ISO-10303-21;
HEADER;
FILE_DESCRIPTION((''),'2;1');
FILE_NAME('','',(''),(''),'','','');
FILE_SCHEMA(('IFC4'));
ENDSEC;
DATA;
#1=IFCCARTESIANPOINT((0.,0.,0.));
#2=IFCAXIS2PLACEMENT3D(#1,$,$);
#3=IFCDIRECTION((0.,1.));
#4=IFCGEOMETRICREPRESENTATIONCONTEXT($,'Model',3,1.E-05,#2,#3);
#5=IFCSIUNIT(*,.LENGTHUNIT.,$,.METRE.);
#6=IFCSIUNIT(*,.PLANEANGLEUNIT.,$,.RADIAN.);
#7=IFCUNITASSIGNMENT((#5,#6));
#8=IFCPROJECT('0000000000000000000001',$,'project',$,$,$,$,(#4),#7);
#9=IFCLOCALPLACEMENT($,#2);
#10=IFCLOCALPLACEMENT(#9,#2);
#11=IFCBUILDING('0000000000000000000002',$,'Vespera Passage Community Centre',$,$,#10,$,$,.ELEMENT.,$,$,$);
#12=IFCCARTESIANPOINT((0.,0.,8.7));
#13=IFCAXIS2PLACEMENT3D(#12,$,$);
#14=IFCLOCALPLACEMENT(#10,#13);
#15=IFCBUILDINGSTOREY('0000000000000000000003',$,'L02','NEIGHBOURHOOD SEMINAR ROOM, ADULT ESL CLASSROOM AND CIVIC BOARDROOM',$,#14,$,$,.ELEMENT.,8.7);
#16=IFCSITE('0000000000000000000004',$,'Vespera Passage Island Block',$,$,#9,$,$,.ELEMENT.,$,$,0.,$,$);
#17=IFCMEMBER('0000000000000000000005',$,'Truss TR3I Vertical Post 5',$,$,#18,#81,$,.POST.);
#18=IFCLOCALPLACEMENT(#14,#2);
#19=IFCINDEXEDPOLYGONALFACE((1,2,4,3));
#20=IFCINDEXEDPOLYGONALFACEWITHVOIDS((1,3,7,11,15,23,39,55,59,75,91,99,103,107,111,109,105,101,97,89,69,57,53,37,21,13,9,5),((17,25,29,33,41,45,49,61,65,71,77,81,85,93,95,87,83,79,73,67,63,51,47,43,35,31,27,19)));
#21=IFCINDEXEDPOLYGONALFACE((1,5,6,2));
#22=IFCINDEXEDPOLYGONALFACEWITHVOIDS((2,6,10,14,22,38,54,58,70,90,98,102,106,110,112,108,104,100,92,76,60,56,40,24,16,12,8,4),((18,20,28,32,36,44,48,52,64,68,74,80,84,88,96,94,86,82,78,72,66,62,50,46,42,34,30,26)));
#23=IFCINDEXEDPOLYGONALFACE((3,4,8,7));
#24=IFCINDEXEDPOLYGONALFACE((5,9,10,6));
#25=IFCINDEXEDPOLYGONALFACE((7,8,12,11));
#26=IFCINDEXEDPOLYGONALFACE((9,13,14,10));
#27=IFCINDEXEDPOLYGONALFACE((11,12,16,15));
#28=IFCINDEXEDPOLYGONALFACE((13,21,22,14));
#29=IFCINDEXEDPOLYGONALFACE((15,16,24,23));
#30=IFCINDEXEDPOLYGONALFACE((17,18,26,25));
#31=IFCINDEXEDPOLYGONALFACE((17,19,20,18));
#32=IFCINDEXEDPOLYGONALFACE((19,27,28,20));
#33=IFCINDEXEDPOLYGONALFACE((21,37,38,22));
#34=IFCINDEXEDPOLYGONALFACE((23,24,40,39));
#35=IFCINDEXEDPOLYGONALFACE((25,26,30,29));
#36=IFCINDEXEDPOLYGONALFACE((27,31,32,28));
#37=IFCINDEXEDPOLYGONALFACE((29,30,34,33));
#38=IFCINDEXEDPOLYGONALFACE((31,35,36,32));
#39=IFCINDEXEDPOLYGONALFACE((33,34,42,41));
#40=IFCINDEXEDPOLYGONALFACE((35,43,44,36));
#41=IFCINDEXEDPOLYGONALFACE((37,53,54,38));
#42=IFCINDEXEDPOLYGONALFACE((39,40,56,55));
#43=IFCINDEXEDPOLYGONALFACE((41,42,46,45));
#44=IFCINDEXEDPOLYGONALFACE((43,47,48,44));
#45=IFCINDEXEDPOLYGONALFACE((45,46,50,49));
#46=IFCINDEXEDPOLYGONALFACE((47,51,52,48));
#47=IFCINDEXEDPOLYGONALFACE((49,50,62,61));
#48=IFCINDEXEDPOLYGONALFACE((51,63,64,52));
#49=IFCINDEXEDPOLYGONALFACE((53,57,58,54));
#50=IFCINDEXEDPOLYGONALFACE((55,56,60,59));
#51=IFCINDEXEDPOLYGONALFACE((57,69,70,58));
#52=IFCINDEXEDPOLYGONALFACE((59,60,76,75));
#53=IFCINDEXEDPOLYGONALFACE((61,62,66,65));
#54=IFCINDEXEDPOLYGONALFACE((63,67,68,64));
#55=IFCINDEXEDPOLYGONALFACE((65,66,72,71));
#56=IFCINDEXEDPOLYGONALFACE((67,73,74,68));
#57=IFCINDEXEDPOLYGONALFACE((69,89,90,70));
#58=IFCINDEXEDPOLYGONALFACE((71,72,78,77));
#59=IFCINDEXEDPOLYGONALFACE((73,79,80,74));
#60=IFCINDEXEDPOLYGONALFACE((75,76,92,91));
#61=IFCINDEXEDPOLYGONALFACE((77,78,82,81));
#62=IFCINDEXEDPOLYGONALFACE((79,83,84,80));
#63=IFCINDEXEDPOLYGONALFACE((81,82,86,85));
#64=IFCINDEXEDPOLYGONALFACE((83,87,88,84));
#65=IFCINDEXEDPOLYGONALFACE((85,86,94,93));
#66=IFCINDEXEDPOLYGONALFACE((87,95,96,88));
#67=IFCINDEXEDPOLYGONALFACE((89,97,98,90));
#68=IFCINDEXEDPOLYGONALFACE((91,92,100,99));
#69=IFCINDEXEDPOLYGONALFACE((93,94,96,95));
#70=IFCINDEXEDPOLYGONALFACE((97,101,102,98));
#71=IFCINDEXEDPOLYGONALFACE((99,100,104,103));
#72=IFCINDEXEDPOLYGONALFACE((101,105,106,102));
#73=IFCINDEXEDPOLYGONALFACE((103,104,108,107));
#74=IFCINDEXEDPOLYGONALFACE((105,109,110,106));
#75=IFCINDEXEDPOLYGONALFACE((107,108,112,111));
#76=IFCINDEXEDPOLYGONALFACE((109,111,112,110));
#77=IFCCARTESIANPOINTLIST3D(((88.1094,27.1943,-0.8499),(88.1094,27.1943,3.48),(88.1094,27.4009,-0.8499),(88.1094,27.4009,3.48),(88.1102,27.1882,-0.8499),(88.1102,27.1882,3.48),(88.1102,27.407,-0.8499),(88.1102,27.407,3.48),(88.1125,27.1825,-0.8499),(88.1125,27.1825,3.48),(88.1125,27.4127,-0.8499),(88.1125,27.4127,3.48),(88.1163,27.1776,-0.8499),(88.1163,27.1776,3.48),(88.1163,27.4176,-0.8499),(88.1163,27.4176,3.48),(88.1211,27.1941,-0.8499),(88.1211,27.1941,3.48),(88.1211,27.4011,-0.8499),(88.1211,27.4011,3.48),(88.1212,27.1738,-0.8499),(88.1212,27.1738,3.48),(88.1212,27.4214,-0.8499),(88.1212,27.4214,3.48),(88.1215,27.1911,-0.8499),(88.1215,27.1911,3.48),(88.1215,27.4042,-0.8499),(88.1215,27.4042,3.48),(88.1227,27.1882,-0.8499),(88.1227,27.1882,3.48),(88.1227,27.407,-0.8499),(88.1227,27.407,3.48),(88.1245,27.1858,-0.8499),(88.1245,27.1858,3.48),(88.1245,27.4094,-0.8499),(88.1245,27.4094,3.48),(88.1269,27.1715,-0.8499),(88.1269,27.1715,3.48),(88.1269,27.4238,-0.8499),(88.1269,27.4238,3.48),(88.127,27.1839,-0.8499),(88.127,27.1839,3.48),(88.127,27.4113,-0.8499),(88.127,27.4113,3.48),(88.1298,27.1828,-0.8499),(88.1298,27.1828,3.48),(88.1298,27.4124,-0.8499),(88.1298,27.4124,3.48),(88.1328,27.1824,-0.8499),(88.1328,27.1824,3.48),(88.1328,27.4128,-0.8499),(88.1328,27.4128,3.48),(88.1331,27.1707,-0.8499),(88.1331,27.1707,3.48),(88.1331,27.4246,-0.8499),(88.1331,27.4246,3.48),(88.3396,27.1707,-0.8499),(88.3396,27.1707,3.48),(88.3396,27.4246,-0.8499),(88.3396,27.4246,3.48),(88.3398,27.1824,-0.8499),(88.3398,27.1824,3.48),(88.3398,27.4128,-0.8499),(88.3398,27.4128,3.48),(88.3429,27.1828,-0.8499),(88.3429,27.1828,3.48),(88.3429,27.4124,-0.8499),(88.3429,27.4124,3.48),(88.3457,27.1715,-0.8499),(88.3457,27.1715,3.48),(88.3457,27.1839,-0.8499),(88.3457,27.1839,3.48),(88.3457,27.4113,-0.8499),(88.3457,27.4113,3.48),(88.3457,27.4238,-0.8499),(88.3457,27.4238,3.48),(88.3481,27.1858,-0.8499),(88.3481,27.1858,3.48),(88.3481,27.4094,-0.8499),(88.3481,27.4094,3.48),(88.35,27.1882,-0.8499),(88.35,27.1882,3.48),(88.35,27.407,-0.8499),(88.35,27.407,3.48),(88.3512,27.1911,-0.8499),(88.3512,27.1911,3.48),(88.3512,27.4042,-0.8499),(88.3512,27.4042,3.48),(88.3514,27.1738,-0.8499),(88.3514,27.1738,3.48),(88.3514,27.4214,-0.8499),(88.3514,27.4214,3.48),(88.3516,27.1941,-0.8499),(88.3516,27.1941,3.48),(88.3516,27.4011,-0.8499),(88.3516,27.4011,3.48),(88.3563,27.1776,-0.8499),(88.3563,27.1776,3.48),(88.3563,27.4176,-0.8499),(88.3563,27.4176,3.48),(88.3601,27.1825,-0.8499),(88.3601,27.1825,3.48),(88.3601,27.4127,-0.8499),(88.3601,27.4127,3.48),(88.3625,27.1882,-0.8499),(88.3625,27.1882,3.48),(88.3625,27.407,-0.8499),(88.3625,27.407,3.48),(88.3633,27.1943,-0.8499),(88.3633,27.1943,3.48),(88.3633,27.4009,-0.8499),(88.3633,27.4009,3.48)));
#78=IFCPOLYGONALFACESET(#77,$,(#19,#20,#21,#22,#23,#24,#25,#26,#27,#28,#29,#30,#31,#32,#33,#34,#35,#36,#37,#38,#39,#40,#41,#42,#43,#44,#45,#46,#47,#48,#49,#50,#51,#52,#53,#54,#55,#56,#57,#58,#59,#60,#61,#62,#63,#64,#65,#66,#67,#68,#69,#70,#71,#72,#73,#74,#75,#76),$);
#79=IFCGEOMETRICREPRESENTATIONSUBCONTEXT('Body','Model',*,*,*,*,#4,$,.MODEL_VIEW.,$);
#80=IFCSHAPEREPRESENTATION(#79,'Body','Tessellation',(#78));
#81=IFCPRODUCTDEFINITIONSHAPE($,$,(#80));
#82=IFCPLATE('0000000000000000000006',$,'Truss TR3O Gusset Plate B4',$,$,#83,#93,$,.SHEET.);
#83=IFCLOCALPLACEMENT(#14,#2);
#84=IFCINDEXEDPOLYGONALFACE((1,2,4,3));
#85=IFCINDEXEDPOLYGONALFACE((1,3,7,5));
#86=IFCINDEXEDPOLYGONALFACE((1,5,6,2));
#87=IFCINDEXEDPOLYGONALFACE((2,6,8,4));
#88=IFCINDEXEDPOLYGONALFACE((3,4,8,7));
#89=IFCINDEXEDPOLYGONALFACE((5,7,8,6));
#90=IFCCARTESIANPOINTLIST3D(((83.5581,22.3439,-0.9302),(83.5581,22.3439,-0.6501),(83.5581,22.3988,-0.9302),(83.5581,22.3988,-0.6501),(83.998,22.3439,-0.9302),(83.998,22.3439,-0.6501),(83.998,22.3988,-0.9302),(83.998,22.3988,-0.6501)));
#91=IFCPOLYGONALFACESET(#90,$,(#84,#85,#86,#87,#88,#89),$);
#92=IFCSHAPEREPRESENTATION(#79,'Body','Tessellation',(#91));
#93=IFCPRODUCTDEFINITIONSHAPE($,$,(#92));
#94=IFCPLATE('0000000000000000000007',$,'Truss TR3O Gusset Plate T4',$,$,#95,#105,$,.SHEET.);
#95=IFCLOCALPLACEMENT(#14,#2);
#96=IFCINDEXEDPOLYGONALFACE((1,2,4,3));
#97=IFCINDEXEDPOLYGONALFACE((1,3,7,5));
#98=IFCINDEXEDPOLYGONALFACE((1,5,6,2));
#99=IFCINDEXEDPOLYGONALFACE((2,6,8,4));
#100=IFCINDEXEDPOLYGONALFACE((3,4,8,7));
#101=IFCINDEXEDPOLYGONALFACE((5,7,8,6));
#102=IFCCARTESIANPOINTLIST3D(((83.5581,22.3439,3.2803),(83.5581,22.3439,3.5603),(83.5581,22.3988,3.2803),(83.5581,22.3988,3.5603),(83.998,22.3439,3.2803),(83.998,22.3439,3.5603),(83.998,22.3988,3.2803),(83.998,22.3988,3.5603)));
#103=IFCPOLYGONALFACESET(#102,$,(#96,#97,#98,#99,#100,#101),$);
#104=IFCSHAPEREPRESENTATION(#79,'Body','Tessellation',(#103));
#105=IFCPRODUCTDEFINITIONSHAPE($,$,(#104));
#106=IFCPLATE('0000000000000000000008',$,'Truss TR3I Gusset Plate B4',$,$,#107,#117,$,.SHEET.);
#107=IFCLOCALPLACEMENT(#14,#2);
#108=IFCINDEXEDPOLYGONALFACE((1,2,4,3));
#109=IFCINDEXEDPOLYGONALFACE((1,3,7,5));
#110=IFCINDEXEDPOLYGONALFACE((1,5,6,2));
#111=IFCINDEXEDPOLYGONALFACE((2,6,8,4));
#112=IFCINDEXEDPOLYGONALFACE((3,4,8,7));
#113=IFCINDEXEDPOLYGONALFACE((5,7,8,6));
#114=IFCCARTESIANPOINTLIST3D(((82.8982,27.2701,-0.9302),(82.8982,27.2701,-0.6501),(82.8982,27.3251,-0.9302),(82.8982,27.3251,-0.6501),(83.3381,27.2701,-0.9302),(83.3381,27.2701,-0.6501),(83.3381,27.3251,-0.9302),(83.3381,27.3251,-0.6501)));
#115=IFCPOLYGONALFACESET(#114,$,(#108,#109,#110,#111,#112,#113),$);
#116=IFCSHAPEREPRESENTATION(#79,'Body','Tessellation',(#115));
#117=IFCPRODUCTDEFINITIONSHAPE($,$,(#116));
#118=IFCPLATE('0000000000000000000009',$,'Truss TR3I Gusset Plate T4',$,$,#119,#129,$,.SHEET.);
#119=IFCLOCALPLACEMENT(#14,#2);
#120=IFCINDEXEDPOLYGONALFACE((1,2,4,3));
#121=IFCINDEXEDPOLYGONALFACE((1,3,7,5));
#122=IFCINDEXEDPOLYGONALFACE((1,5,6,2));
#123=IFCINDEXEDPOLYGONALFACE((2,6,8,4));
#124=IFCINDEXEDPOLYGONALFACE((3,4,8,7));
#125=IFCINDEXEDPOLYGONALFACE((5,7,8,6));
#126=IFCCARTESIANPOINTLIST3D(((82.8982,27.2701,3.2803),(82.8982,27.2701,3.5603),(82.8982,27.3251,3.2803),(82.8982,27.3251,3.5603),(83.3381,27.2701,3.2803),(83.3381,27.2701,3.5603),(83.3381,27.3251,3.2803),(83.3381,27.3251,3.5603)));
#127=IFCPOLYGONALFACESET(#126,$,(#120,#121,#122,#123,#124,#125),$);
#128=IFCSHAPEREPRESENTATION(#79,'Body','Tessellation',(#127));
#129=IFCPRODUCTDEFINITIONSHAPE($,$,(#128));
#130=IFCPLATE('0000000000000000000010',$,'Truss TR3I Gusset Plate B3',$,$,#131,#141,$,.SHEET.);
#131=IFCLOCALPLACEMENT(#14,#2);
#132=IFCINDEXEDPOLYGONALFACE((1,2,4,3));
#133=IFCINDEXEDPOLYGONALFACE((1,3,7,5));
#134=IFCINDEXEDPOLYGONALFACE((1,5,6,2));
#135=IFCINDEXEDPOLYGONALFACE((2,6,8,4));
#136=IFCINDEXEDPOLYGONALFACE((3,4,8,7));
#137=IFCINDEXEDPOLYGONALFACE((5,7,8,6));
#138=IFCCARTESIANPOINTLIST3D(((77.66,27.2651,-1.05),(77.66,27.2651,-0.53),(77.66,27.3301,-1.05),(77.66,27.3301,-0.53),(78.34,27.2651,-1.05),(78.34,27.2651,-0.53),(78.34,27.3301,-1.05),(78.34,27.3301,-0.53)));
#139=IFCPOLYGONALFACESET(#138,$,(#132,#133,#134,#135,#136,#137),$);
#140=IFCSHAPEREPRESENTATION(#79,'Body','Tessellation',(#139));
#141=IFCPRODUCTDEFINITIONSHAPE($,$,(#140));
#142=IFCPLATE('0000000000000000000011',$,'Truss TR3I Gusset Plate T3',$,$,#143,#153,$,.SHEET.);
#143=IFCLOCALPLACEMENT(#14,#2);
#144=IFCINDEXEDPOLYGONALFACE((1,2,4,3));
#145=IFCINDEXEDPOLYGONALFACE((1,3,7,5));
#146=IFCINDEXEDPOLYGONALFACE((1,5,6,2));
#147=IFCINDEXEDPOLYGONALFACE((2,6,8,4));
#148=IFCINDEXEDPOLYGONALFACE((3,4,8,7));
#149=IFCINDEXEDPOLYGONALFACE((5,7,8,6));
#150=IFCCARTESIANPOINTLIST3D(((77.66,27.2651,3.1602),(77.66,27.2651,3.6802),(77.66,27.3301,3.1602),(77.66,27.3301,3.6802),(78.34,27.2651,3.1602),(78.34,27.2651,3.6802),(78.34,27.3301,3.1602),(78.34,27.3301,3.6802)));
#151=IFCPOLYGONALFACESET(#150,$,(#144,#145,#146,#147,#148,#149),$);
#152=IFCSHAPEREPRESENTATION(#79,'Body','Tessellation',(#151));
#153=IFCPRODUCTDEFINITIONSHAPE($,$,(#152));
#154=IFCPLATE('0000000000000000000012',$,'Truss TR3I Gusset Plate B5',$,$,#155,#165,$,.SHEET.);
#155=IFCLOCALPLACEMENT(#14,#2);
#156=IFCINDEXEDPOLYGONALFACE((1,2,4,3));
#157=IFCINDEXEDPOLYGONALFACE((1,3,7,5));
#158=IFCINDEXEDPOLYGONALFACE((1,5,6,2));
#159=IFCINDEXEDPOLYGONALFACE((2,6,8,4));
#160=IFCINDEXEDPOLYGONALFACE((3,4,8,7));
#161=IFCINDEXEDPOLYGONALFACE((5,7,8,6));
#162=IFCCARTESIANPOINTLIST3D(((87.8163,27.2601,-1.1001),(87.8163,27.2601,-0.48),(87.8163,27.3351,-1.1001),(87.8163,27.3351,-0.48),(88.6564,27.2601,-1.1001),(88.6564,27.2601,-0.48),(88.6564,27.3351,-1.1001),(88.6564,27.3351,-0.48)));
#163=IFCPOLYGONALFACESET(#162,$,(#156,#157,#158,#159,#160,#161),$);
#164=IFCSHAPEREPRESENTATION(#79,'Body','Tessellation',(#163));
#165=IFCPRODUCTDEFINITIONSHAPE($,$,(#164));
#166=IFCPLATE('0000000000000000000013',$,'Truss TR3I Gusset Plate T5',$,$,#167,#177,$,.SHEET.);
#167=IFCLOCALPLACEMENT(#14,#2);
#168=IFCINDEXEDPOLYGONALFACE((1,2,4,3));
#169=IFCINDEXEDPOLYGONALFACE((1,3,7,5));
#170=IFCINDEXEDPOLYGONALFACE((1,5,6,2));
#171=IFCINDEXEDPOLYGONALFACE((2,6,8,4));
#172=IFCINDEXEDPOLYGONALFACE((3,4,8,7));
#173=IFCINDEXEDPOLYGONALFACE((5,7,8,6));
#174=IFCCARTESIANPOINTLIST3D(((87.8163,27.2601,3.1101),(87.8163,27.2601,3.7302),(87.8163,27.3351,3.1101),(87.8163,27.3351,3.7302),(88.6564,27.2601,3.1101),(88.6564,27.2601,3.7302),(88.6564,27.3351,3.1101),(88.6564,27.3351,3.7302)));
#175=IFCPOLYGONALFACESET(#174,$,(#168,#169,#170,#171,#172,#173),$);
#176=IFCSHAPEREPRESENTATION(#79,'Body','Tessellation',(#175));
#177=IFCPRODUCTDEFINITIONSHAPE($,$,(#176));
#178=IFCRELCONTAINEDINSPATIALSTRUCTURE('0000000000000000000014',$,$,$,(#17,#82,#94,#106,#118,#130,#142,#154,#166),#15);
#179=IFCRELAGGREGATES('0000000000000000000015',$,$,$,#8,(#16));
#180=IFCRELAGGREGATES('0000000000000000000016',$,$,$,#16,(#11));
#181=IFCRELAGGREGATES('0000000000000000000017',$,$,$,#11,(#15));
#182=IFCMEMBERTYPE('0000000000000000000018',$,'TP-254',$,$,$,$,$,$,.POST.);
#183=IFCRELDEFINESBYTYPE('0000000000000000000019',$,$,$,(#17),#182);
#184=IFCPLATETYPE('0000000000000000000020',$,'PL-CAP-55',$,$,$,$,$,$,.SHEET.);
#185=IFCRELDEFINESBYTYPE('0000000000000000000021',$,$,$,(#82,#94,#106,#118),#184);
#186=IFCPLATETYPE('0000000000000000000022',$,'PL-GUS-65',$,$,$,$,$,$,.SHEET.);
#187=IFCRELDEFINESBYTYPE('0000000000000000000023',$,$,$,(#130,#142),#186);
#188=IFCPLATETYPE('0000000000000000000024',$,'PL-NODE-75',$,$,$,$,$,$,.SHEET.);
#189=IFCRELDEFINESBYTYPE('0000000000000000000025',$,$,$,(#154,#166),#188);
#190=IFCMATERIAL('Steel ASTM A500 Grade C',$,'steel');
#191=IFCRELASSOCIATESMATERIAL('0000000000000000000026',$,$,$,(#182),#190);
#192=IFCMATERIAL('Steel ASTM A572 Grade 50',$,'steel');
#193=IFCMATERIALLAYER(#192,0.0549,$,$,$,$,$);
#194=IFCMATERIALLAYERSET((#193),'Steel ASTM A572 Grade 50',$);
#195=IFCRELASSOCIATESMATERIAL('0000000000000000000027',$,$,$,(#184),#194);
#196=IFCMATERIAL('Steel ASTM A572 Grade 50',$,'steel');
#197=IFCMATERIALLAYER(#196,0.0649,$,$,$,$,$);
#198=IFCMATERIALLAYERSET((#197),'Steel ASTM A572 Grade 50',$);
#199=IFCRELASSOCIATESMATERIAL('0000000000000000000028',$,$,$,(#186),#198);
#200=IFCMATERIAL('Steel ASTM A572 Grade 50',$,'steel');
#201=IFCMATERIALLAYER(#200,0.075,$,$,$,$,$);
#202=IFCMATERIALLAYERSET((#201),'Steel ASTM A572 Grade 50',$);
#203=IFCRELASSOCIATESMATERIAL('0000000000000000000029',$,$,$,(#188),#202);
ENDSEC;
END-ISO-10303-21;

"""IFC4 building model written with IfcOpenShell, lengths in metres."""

from ifc_helpers import new_model, si_unit, direction, frame, origin, origin_2d, place, context, subcontext, project, spatial, rectangle, hollow_rectangle, extrude, material, layer, layer_set, material_profile, profile_set, type_object, element, save


model = new_model("IFC4")

# Units and contexts
model_context = context("Model", 3, precision=1e-05, world=origin(), true_north=direction((0.0, 1.0)))
body_context = subcontext(model_context, "Body", "Model", "MODEL_VIEW")
ifc_project = project(units=[si_unit("LENGTHUNIT", "METRE"), si_unit("PLANEANGLEUNIT", "RADIAN")], contexts=[model_context])

# Site, building, storey
site_placement = place(None, origin())
site = spatial("IfcSite", under=ifc_project, at=site_placement, Name="Vespera Passage Island Block", CompositionType="ELEMENT", RefElevation=0.0)
building_placement = place(site_placement, origin())
building = spatial("IfcBuilding", under=site, at=building_placement, Name="Vespera Passage Community Centre", CompositionType="ELEMENT")
storey_placement = place(building_placement, frame((0.0, 0.0, 8.7)))
storey = spatial("IfcBuildingStorey", under=building, at=storey_placement, Name="L02", Description="NEIGHBOURHOOD SEMINAR ROOM, ADULT ESL CLASSROOM AND CIVIC BOARDROOM", CompositionType="ELEMENT", Elevation=8.7)

# Member
ifc_material_1 = material(Name="Steel ASTM A500 Grade C", Category="steel")
ifc_material_profile_1 = material_profile(ifc_material_1, hollow_rectangle(XDim=0.2539, YDim=0.2539, WallThickness=0.0117, InnerFilletRadius=0.0117, OuterFilletRadius=0.0237, at=origin_2d()), Name="HSS254X254X12.7")
ifc_profile_set_1 = profile_set([ifc_material_profile_1], Name="Steel ASTM A500 Grade C")
member_type_1 = type_object("IfcMemberType", Name="TP-254", PredefinedType="POST", material=ifc_profile_set_1)
for number, where, z_axis, x_axis, name in (
    (1, (88.2363, 27.2976, -0.8499), (0.0, 0.0, 1.0), (1.0, 0.0, 0.0), "Truss TR3I Vertical Post 5"),
):
    element("IfcMember", number, at=place(storey_placement, frame(where, z_axis=z_axis, x_axis=x_axis)), inside=storey, type_object=member_type_1, Name=name, PredefinedType="POST", context=body_context, shape_type="SweptSolid", body=[
        extrude(hollow_rectangle(XDim=0.2539, YDim=0.2539, WallThickness=0.0117, InnerFilletRadius=0.0117, OuterFilletRadius=0.0237, at=origin_2d()), origin(), (0.0, 0.0, 1.0), 4.3298),
    ])

# Plates
ifc_material_2 = material(Name="Steel ASTM A572 Grade 50", Category="steel")
ifc_layer_1 = layer(ifc_material_2, 0.0549)
ifc_layer_set_1 = layer_set([ifc_layer_1], Name="Steel ASTM A572 Grade 50")
plate_type_1 = type_object("IfcPlateType", Name="PL-CAP-55", PredefinedType="SHEET", material=ifc_layer_set_1)
for number, where, z_axis, x_axis, name in (
    (2, (83.7781, 22.3713, -0.9302), (0.0, 0.0, 1.0), (1.0, 0.0, 0.0), "Truss TR3O Gusset Plate B4"),
    (3, (83.7781, 22.3713, 3.2803), (0.0, 0.0, 1.0), (1.0, 0.0, 0.0), "Truss TR3O Gusset Plate T4"),
    (4, (83.1182, 27.2976, -0.9302), (0.0, 0.0, 1.0), (1.0, 0.0, 0.0), "Truss TR3I Gusset Plate B4"),
    (5, (83.1182, 27.2976, 3.2803), (0.0, 0.0, 1.0), (1.0, 0.0, 0.0), "Truss TR3I Gusset Plate T4"),
):
    element("IfcPlate", number, at=place(storey_placement, frame(where, z_axis=z_axis, x_axis=x_axis)), inside=storey, type_object=plate_type_1, Name=name, PredefinedType="SHEET", context=body_context, shape_type="SweptSolid", body=[
        extrude(rectangle(XDim=0.4399, YDim=0.0549, at=origin_2d()), origin(), (0.0, 0.0, 1.0), 0.28),
    ])
ifc_material_3 = material(Name="Steel ASTM A572 Grade 50", Category="steel")
ifc_layer_2 = layer(ifc_material_3, 0.0649)
ifc_layer_set_2 = layer_set([ifc_layer_2], Name="Steel ASTM A572 Grade 50")
plate_type_2 = type_object("IfcPlateType", Name="PL-GUS-65", PredefinedType="SHEET", material=ifc_layer_set_2)
for number, where, z_axis, x_axis, name in (
    (6, (78.0, 27.2976, -1.05), (0.0, 0.0, 1.0), (1.0, 0.0, 0.0), "Truss TR3I Gusset Plate B3"),
    (7, (78.0, 27.2976, 3.1602), (0.0, 0.0, 1.0), (1.0, 0.0, 0.0), "Truss TR3I Gusset Plate T3"),
):
    element("IfcPlate", number, at=place(storey_placement, frame(where, z_axis=z_axis, x_axis=x_axis)), inside=storey, type_object=plate_type_2, Name=name, PredefinedType="SHEET", context=body_context, shape_type="SweptSolid", body=[
        extrude(rectangle(XDim=0.6799, YDim=0.0649, at=origin_2d()), origin(), (0.0, 0.0, 1.0), 0.52),
    ])
ifc_material_4 = material(Name="Steel ASTM A572 Grade 50", Category="steel")
ifc_layer_3 = layer(ifc_material_4, 0.075)
ifc_layer_set_3 = layer_set([ifc_layer_3], Name="Steel ASTM A572 Grade 50")
plate_type_3 = type_object("IfcPlateType", Name="PL-NODE-75", PredefinedType="SHEET", material=ifc_layer_set_3)
for number, where, z_axis, x_axis, name in (
    (8, (88.2363, 27.2976, -1.1001), (0.0, 0.0, 1.0), (1.0, 0.0, 0.0), "Truss TR3I Gusset Plate B5"),
    (9, (88.2363, 27.2976, 3.1101), (0.0, 0.0, 1.0), (1.0, 0.0, 0.0), "Truss TR3I Gusset Plate T5"),
):
    element("IfcPlate", number, at=place(storey_placement, frame(where, z_axis=z_axis, x_axis=x_axis)), inside=storey, type_object=plate_type_3, Name=name, PredefinedType="SHEET", context=body_context, shape_type="SweptSolid", body=[
        extrude(rectangle(XDim=0.8401, YDim=0.075, at=origin_2d()), origin(), (0.0, 0.0, 1.0), 0.6201),
    ])

save(model, "model.ifc")
